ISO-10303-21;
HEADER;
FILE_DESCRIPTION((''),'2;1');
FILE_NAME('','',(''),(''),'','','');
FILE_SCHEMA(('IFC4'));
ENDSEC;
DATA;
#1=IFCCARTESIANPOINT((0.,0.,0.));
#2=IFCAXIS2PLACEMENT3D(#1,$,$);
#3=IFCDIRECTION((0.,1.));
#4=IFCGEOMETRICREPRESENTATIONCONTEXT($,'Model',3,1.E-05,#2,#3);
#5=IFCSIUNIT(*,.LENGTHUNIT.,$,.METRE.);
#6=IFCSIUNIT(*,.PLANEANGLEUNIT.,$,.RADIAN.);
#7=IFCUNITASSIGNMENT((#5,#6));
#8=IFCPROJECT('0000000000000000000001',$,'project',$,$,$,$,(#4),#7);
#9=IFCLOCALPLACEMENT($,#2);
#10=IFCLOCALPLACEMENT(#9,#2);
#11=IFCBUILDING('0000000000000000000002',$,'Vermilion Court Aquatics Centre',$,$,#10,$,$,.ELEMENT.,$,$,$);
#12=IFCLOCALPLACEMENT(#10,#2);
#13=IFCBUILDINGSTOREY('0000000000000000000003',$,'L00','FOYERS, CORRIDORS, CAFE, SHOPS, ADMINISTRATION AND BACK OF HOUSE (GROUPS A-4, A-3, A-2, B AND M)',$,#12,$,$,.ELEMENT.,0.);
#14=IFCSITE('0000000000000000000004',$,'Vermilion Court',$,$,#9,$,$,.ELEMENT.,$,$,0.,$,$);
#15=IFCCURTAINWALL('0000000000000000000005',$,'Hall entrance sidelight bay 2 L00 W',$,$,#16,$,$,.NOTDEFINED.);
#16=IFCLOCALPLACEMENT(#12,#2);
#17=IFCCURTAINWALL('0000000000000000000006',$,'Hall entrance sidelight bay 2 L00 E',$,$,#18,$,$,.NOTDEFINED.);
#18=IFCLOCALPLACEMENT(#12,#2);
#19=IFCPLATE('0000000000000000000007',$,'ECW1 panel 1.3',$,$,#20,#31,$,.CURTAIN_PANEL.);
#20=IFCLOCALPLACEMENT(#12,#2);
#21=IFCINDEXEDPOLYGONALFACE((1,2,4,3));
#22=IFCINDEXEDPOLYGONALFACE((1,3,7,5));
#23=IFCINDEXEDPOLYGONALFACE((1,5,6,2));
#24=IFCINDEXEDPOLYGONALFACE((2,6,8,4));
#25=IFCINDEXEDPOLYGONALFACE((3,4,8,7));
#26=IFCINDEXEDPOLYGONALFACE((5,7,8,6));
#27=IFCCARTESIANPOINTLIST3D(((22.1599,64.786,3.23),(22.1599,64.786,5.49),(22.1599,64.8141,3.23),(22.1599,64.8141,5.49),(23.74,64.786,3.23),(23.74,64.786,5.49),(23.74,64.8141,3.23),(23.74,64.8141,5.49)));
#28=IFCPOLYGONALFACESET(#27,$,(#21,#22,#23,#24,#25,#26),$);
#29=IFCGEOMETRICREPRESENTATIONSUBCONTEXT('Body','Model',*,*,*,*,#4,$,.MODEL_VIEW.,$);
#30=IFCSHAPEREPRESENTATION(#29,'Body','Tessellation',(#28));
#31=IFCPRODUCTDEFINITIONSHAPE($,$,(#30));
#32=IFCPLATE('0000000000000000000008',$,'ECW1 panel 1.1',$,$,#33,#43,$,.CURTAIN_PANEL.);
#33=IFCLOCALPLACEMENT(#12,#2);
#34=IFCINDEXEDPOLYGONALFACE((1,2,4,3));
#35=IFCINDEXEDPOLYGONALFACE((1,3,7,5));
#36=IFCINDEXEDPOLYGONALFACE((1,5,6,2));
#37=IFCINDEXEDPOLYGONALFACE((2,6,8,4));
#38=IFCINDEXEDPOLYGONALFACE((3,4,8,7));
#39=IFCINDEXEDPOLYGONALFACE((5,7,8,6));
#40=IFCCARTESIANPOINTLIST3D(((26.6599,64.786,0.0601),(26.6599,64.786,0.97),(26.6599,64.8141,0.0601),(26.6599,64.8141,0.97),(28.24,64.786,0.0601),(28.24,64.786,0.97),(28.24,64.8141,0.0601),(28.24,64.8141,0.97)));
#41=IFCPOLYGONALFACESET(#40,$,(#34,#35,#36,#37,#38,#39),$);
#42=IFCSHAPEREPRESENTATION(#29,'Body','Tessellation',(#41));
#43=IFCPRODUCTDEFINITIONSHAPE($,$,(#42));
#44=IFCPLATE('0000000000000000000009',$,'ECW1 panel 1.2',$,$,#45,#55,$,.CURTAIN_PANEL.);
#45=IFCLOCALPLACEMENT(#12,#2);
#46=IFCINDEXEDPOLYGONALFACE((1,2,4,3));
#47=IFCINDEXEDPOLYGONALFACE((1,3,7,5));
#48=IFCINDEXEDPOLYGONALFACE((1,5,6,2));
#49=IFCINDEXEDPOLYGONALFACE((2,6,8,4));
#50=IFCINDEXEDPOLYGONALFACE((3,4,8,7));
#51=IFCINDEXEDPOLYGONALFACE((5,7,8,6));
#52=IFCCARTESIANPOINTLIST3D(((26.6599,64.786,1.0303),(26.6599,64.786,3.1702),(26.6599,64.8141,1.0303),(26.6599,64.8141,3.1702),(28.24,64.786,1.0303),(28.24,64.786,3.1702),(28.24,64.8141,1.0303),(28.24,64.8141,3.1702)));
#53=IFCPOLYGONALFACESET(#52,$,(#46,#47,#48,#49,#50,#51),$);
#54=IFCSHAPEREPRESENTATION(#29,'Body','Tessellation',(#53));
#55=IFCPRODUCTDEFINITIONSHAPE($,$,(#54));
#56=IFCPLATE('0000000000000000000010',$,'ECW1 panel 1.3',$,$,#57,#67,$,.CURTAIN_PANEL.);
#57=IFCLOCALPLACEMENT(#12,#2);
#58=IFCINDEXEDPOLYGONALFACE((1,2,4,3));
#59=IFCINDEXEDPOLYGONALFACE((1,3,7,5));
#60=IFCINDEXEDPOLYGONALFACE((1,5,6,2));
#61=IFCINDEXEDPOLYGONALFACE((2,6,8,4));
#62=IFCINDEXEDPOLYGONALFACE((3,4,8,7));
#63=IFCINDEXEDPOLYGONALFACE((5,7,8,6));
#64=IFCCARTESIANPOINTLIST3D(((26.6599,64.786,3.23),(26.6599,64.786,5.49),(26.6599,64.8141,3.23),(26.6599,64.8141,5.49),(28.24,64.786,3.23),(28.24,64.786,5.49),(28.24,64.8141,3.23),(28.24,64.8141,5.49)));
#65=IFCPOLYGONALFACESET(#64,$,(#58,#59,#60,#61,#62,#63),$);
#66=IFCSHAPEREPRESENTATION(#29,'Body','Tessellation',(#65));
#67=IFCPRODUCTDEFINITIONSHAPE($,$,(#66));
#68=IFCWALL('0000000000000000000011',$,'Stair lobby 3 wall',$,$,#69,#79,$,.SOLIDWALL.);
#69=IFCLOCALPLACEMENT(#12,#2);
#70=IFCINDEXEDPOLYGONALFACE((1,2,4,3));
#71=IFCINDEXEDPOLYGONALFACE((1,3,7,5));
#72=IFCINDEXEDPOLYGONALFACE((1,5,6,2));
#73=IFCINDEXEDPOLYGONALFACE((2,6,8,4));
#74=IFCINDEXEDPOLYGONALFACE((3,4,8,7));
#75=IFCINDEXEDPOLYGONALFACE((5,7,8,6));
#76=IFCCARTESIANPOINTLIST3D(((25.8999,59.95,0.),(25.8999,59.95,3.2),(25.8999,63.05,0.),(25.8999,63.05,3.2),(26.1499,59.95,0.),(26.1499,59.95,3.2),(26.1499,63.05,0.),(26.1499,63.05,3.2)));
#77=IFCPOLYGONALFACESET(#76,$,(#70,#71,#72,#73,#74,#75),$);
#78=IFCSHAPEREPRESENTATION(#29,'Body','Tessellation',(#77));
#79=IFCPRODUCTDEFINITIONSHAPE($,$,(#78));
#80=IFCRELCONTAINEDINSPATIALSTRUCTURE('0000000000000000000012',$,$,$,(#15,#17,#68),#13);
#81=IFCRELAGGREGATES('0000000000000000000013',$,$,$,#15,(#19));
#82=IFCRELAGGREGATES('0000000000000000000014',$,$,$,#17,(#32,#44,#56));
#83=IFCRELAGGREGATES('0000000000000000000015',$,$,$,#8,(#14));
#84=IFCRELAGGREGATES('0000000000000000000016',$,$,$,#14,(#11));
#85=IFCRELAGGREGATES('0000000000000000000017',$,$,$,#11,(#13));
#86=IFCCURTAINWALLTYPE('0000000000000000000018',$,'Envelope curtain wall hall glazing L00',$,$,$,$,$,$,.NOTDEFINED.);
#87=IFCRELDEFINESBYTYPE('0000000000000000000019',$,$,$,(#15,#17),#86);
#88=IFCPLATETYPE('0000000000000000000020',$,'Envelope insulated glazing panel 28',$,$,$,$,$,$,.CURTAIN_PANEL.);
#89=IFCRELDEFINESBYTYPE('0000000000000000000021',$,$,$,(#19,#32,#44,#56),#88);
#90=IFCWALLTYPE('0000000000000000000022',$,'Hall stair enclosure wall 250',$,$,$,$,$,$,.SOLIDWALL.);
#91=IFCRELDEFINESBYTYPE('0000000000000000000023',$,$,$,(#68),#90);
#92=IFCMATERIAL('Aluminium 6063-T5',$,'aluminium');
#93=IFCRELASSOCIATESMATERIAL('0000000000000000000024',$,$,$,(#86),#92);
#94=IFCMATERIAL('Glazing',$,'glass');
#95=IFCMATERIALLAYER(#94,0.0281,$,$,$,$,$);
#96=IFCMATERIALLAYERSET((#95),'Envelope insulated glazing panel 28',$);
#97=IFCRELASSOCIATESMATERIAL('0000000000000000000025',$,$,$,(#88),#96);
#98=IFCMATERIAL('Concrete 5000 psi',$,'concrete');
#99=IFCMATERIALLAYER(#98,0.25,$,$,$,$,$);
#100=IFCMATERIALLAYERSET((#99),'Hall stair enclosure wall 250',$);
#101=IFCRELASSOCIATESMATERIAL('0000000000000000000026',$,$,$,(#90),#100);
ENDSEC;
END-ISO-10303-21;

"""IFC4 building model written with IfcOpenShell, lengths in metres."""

from ifc_helpers import new_model, si_unit, direction, frame, frame_2d, origin, origin_2d, place, context, subcontext, project, spatial, rectangle, extrude, material, layer, layer_set, type_object, element, aggregate, save


model = new_model("IFC4")

# Units and contexts
model_context = context("Model", 3, precision=1e-05, world=origin(), true_north=direction((0.0, 1.0)))
body_context = subcontext(model_context, "Body", "Model", "MODEL_VIEW")
ifc_project = project(units=[si_unit("LENGTHUNIT", "METRE"), si_unit("PLANEANGLEUNIT", "RADIAN")], contexts=[model_context])

# Site, building, storey
site_placement = place(None, origin())
site = spatial("IfcSite", under=ifc_project, at=site_placement, Name="Vermilion Court", CompositionType="ELEMENT", RefElevation=0.0)
building_placement = place(site_placement, origin())
building = spatial("IfcBuilding", under=site, at=building_placement, Name="Vermilion Court Aquatics Centre", CompositionType="ELEMENT")
storey_placement = place(building_placement, origin())
storey = spatial("IfcBuildingStorey", under=building, at=storey_placement, Name="L00", Description="FOYERS, CORRIDORS, CAFE, SHOPS, ADMINISTRATION AND BACK OF HOUSE (GROUPS A-4, A-3, A-2, B AND M)", CompositionType="ELEMENT", Elevation=0.0)

# Curtain wall
ifc_material_1 = material(Name="Aluminium 6063-T5", Category="aluminium")
curtain_wall_type = type_object("IfcCurtainWallType", Name="Envelope curtain wall hall glazing L00", PredefinedType="NOTDEFINED", material=ifc_material_1)
curtain_wall_1_placement = place(storey_placement, origin())
curtain_wall_1 = element("IfcCurtainWall", 1, at=curtain_wall_1_placement, inside=storey, type_object=curtain_wall_type, Name="Hall entrance sidelight bay 2 L00 W", PredefinedType="NOTDEFINED")

# Curtain wall
curtain_wall_2_placement = place(storey_placement, origin())
curtain_wall_2 = element("IfcCurtainWall", 2, at=curtain_wall_2_placement, inside=storey, type_object=curtain_wall_type, Name="Hall entrance sidelight bay 2 L00 E", PredefinedType="NOTDEFINED")

# Plates
ifc_material_2 = material(Name="Glazing", Category="glass")
ifc_layer_1 = layer(ifc_material_2, 0.0281)
ifc_layer_set_1 = layer_set([ifc_layer_1], Name="Envelope insulated glazing panel 28")
plate_type = type_object("IfcPlateType", Name="Envelope insulated glazing panel 28", PredefinedType="CURTAIN_PANEL", material=ifc_layer_set_1)
plate_1_placement = place(storey_placement, frame((22.95, 64.8, 3.23), z_axis=(0.0, 0.0, 1.0), x_axis=(1.0, 0.0, 0.0)))
plate_1 = element("IfcPlate", 3, at=plate_1_placement, type_object=plate_type, Name="ECW1 panel 1.3", PredefinedType="CURTAIN_PANEL", context=body_context, shape_type="SweptSolid", body=[
    extrude(rectangle(XDim=1.5801, YDim=0.0281, at=origin_2d()), origin(), (0.0, 0.0, 1.0), 2.26),
])
aggregate(curtain_wall_1, [plate_1])
plate_2_placement = place(storey_placement, frame((27.45, 64.8, 0.0601), z_axis=(0.0, 0.0, 1.0), x_axis=(1.0, 0.0, 0.0)))
plate_2 = element("IfcPlate", 4, at=plate_2_placement, type_object=plate_type, Name="ECW1 panel 1.1", PredefinedType="CURTAIN_PANEL", context=body_context, shape_type="SweptSolid", body=[
    extrude(rectangle(XDim=1.5801, YDim=0.0281, at=origin_2d()), origin(), (0.0, 0.0, 1.0), 0.9099),
])
plate_3_placement = place(storey_placement, frame((27.45, 64.8, 1.0303), z_axis=(0.0, 0.0, 1.0), x_axis=(1.0, 0.0, 0.0)))
plate_3 = element("IfcPlate", 5, at=plate_3_placement, type_object=plate_type, Name="ECW1 panel 1.2", PredefinedType="CURTAIN_PANEL", context=body_context, shape_type="SweptSolid", body=[
    extrude(rectangle(XDim=1.5801, YDim=0.0281, at=origin_2d()), origin(), (0.0, 0.0, 1.0), 2.1399),
])
plate_4_placement = place(storey_placement, frame((27.45, 64.8, 3.23), z_axis=(0.0, 0.0, 1.0), x_axis=(1.0, 0.0, 0.0)))
plate_4 = element("IfcPlate", 6, at=plate_4_placement, type_object=plate_type, Name="ECW1 panel 1.3", PredefinedType="CURTAIN_PANEL", context=body_context, shape_type="SweptSolid", body=[
    extrude(rectangle(XDim=1.5801, YDim=0.0281, at=origin_2d()), origin(), (0.0, 0.0, 1.0), 2.26),
])
aggregate(curtain_wall_2, [plate_2, plate_3, plate_4])

# Wall
ifc_material_3 = material(Name="Concrete 5000 psi", Category="concrete")
ifc_layer_2 = layer(ifc_material_3, 0.25)
ifc_layer_set_2 = layer_set([ifc_layer_2], Name="Hall stair enclosure wall 250")
wall_type_1 = type_object("IfcWallType", Name="Hall stair enclosure wall 250", PredefinedType="SOLIDWALL", material=ifc_layer_set_2)
wall_1_placement = place(storey_placement, frame((26.0249, 59.95, 0.0), z_axis=(0.0, 0.0, 1.0), x_axis=(0.0, 1.0, 0.0)))
element("IfcWall", 7, at=wall_1_placement, inside=storey, type_object=wall_type_1, Name="Stair lobby 3 wall", PredefinedType="SOLIDWALL", context=body_context, shape_type="SweptSolid", body=[
    extrude(rectangle(XDim=3.1001, YDim=0.25, at=frame_2d((1.55, 0.0))), origin(), (0.0, 0.0, 1.0), 3.2),
])

save(model, "model.ifc")
